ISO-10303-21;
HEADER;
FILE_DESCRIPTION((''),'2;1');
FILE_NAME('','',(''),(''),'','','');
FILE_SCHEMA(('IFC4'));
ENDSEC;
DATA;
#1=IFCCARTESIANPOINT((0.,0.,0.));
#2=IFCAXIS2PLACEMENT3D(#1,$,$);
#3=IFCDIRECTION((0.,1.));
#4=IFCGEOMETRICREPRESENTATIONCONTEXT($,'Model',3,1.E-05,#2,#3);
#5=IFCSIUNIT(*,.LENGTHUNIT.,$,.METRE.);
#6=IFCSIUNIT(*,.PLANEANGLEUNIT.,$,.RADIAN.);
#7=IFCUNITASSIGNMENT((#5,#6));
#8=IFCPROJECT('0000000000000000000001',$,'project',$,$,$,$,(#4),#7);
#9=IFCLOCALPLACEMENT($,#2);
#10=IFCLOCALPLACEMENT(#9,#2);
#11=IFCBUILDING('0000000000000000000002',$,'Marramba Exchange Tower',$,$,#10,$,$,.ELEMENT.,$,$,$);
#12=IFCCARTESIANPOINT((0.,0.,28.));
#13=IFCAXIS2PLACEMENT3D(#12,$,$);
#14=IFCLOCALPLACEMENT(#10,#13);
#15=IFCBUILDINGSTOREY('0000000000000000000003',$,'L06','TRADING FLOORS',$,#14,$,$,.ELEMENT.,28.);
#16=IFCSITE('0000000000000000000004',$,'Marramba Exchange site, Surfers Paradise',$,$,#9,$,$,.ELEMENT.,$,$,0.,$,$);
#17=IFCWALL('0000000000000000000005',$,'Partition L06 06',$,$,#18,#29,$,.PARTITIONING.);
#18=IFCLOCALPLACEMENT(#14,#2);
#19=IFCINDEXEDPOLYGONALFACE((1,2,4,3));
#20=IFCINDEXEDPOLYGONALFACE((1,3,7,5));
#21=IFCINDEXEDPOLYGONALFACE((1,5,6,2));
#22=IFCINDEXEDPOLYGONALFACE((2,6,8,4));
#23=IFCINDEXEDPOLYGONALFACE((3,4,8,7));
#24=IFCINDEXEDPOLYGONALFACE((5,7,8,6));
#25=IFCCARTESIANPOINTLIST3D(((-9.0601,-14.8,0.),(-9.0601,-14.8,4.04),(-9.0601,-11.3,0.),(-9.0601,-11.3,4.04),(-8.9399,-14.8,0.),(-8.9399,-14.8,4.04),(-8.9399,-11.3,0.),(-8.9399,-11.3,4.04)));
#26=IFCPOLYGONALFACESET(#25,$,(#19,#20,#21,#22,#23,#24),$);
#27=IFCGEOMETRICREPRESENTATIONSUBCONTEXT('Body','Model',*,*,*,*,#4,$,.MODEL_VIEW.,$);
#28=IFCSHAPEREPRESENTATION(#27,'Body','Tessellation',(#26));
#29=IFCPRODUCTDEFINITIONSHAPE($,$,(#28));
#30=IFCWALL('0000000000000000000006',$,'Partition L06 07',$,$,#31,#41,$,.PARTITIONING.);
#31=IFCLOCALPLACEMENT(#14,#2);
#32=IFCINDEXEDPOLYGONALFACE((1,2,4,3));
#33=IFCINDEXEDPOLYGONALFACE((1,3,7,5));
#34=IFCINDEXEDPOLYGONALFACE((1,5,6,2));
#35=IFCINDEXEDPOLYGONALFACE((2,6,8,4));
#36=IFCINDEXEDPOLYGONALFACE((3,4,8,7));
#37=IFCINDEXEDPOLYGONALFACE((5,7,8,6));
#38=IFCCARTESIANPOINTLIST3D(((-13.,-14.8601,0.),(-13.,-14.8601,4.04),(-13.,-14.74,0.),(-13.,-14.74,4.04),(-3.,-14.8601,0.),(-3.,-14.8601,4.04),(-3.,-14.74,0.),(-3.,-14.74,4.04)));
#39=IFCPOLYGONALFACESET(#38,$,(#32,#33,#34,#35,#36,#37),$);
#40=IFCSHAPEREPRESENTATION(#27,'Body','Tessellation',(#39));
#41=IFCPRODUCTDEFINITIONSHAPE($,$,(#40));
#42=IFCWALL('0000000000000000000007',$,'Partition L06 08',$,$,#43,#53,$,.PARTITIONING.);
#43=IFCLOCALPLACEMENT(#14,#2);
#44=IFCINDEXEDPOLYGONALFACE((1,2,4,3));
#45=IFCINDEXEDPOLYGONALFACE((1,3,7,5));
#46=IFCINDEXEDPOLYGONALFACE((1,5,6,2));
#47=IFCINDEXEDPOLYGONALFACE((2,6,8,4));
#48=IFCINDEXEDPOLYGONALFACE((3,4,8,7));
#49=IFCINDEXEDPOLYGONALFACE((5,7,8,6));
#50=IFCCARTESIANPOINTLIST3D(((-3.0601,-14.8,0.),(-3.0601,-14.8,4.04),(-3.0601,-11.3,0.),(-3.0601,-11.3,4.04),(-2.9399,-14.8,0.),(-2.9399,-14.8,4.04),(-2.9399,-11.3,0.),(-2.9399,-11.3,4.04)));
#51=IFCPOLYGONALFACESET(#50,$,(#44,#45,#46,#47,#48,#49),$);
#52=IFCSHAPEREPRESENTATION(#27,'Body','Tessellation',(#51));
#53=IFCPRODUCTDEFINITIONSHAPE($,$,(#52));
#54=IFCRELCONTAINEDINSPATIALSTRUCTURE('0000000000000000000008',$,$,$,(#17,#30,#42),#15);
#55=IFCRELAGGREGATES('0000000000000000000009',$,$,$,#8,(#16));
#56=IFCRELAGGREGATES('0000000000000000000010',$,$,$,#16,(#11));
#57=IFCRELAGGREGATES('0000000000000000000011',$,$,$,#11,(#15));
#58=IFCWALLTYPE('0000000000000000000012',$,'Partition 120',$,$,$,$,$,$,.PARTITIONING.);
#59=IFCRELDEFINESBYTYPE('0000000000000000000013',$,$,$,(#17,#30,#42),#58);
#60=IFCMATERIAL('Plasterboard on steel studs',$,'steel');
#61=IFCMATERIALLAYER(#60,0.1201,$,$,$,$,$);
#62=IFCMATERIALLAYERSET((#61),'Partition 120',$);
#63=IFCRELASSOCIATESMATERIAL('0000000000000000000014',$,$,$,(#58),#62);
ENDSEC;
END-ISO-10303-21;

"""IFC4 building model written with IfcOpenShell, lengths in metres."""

from ifc_helpers import new_model, si_unit, direction, frame, frame_2d, origin, place, context, subcontext, project, spatial, rectangle, extrude, material, layer, layer_set, type_object, element, save


model = new_model("IFC4")

# Units and contexts
model_context = context("Model", 3, precision=1e-05, world=origin(), true_north=direction((0.0, 1.0)))
body_context = subcontext(model_context, "Body", "Model", "MODEL_VIEW")
ifc_project = project(units=[si_unit("LENGTHUNIT", "METRE"), si_unit("PLANEANGLEUNIT", "RADIAN")], contexts=[model_context])

# Site, building, storey
site_placement = place(None, origin())
site = spatial("IfcSite", under=ifc_project, at=site_placement, Name="Marramba Exchange site, Surfers Paradise", CompositionType="ELEMENT", RefElevation=0.0)
building_placement = place(site_placement, origin())
building = spatial("IfcBuilding", under=site, at=building_placement, Name="Marramba Exchange Tower", CompositionType="ELEMENT")
storey_placement = place(building_placement, frame((0.0, 0.0, 28.0)))
storey = spatial("IfcBuildingStorey", under=building, at=storey_placement, Name="L06", Description="TRADING FLOORS", CompositionType="ELEMENT", Elevation=28.0)

# Shared definitions
ifc_material_1 = material(Name="Plasterboard on steel studs", Category="steel")
ifc_layer = layer(ifc_material_1, 0.1201)
ifc_layer_set = layer_set([ifc_layer], Name="Partition 120")
wall_type = type_object("IfcWallType", Name="Partition 120", PredefinedType="PARTITIONING", material=ifc_layer_set)

# Walls
wall_1_placement = place(storey_placement, frame((-9.0, -11.3, 0.0), z_axis=(0.0, 0.0, 1.0), x_axis=(0.0, -1.0, 0.0)))
element("IfcWall", 1, at=wall_1_placement, inside=storey, type_object=wall_type, Name="Partition L06 06", PredefinedType="PARTITIONING", context=body_context, shape_type="SweptSolid", body=[
    extrude(rectangle(XDim=3.5, YDim=0.1201, at=frame_2d((1.75, 0.0))), origin(), (0.0, 0.0, 1.0), 4.04),
])
wall_2_placement = place(storey_placement, frame((-3.0, -14.8, 0.0), z_axis=(0.0, 0.0, 1.0), x_axis=(-1.0, 0.0, 0.0)))
element("IfcWall", 2, at=wall_2_placement, inside=storey, type_object=wall_type, Name="Partition L06 07", PredefinedType="PARTITIONING", context=body_context, shape_type="SweptSolid", body=[
    extrude(rectangle(XDim=10.0, YDim=0.1201, at=frame_2d((5.0, 0.0))), origin(), (0.0, 0.0, 1.0), 4.04),
])
wall_3_placement = place(storey_placement, frame((-3.0, -11.3, 0.0), z_axis=(0.0, 0.0, 1.0), x_axis=(0.0, -1.0, 0.0)))
element("IfcWall", 3, at=wall_3_placement, inside=storey, type_object=wall_type, Name="Partition L06 08", PredefinedType="PARTITIONING", context=body_context, shape_type="SweptSolid", body=[
    extrude(rectangle(XDim=3.5, YDim=0.1201, at=frame_2d((1.75, 0.0))), origin(), (0.0, 0.0, 1.0), 4.04),
])

save(model, "model.ifc")
